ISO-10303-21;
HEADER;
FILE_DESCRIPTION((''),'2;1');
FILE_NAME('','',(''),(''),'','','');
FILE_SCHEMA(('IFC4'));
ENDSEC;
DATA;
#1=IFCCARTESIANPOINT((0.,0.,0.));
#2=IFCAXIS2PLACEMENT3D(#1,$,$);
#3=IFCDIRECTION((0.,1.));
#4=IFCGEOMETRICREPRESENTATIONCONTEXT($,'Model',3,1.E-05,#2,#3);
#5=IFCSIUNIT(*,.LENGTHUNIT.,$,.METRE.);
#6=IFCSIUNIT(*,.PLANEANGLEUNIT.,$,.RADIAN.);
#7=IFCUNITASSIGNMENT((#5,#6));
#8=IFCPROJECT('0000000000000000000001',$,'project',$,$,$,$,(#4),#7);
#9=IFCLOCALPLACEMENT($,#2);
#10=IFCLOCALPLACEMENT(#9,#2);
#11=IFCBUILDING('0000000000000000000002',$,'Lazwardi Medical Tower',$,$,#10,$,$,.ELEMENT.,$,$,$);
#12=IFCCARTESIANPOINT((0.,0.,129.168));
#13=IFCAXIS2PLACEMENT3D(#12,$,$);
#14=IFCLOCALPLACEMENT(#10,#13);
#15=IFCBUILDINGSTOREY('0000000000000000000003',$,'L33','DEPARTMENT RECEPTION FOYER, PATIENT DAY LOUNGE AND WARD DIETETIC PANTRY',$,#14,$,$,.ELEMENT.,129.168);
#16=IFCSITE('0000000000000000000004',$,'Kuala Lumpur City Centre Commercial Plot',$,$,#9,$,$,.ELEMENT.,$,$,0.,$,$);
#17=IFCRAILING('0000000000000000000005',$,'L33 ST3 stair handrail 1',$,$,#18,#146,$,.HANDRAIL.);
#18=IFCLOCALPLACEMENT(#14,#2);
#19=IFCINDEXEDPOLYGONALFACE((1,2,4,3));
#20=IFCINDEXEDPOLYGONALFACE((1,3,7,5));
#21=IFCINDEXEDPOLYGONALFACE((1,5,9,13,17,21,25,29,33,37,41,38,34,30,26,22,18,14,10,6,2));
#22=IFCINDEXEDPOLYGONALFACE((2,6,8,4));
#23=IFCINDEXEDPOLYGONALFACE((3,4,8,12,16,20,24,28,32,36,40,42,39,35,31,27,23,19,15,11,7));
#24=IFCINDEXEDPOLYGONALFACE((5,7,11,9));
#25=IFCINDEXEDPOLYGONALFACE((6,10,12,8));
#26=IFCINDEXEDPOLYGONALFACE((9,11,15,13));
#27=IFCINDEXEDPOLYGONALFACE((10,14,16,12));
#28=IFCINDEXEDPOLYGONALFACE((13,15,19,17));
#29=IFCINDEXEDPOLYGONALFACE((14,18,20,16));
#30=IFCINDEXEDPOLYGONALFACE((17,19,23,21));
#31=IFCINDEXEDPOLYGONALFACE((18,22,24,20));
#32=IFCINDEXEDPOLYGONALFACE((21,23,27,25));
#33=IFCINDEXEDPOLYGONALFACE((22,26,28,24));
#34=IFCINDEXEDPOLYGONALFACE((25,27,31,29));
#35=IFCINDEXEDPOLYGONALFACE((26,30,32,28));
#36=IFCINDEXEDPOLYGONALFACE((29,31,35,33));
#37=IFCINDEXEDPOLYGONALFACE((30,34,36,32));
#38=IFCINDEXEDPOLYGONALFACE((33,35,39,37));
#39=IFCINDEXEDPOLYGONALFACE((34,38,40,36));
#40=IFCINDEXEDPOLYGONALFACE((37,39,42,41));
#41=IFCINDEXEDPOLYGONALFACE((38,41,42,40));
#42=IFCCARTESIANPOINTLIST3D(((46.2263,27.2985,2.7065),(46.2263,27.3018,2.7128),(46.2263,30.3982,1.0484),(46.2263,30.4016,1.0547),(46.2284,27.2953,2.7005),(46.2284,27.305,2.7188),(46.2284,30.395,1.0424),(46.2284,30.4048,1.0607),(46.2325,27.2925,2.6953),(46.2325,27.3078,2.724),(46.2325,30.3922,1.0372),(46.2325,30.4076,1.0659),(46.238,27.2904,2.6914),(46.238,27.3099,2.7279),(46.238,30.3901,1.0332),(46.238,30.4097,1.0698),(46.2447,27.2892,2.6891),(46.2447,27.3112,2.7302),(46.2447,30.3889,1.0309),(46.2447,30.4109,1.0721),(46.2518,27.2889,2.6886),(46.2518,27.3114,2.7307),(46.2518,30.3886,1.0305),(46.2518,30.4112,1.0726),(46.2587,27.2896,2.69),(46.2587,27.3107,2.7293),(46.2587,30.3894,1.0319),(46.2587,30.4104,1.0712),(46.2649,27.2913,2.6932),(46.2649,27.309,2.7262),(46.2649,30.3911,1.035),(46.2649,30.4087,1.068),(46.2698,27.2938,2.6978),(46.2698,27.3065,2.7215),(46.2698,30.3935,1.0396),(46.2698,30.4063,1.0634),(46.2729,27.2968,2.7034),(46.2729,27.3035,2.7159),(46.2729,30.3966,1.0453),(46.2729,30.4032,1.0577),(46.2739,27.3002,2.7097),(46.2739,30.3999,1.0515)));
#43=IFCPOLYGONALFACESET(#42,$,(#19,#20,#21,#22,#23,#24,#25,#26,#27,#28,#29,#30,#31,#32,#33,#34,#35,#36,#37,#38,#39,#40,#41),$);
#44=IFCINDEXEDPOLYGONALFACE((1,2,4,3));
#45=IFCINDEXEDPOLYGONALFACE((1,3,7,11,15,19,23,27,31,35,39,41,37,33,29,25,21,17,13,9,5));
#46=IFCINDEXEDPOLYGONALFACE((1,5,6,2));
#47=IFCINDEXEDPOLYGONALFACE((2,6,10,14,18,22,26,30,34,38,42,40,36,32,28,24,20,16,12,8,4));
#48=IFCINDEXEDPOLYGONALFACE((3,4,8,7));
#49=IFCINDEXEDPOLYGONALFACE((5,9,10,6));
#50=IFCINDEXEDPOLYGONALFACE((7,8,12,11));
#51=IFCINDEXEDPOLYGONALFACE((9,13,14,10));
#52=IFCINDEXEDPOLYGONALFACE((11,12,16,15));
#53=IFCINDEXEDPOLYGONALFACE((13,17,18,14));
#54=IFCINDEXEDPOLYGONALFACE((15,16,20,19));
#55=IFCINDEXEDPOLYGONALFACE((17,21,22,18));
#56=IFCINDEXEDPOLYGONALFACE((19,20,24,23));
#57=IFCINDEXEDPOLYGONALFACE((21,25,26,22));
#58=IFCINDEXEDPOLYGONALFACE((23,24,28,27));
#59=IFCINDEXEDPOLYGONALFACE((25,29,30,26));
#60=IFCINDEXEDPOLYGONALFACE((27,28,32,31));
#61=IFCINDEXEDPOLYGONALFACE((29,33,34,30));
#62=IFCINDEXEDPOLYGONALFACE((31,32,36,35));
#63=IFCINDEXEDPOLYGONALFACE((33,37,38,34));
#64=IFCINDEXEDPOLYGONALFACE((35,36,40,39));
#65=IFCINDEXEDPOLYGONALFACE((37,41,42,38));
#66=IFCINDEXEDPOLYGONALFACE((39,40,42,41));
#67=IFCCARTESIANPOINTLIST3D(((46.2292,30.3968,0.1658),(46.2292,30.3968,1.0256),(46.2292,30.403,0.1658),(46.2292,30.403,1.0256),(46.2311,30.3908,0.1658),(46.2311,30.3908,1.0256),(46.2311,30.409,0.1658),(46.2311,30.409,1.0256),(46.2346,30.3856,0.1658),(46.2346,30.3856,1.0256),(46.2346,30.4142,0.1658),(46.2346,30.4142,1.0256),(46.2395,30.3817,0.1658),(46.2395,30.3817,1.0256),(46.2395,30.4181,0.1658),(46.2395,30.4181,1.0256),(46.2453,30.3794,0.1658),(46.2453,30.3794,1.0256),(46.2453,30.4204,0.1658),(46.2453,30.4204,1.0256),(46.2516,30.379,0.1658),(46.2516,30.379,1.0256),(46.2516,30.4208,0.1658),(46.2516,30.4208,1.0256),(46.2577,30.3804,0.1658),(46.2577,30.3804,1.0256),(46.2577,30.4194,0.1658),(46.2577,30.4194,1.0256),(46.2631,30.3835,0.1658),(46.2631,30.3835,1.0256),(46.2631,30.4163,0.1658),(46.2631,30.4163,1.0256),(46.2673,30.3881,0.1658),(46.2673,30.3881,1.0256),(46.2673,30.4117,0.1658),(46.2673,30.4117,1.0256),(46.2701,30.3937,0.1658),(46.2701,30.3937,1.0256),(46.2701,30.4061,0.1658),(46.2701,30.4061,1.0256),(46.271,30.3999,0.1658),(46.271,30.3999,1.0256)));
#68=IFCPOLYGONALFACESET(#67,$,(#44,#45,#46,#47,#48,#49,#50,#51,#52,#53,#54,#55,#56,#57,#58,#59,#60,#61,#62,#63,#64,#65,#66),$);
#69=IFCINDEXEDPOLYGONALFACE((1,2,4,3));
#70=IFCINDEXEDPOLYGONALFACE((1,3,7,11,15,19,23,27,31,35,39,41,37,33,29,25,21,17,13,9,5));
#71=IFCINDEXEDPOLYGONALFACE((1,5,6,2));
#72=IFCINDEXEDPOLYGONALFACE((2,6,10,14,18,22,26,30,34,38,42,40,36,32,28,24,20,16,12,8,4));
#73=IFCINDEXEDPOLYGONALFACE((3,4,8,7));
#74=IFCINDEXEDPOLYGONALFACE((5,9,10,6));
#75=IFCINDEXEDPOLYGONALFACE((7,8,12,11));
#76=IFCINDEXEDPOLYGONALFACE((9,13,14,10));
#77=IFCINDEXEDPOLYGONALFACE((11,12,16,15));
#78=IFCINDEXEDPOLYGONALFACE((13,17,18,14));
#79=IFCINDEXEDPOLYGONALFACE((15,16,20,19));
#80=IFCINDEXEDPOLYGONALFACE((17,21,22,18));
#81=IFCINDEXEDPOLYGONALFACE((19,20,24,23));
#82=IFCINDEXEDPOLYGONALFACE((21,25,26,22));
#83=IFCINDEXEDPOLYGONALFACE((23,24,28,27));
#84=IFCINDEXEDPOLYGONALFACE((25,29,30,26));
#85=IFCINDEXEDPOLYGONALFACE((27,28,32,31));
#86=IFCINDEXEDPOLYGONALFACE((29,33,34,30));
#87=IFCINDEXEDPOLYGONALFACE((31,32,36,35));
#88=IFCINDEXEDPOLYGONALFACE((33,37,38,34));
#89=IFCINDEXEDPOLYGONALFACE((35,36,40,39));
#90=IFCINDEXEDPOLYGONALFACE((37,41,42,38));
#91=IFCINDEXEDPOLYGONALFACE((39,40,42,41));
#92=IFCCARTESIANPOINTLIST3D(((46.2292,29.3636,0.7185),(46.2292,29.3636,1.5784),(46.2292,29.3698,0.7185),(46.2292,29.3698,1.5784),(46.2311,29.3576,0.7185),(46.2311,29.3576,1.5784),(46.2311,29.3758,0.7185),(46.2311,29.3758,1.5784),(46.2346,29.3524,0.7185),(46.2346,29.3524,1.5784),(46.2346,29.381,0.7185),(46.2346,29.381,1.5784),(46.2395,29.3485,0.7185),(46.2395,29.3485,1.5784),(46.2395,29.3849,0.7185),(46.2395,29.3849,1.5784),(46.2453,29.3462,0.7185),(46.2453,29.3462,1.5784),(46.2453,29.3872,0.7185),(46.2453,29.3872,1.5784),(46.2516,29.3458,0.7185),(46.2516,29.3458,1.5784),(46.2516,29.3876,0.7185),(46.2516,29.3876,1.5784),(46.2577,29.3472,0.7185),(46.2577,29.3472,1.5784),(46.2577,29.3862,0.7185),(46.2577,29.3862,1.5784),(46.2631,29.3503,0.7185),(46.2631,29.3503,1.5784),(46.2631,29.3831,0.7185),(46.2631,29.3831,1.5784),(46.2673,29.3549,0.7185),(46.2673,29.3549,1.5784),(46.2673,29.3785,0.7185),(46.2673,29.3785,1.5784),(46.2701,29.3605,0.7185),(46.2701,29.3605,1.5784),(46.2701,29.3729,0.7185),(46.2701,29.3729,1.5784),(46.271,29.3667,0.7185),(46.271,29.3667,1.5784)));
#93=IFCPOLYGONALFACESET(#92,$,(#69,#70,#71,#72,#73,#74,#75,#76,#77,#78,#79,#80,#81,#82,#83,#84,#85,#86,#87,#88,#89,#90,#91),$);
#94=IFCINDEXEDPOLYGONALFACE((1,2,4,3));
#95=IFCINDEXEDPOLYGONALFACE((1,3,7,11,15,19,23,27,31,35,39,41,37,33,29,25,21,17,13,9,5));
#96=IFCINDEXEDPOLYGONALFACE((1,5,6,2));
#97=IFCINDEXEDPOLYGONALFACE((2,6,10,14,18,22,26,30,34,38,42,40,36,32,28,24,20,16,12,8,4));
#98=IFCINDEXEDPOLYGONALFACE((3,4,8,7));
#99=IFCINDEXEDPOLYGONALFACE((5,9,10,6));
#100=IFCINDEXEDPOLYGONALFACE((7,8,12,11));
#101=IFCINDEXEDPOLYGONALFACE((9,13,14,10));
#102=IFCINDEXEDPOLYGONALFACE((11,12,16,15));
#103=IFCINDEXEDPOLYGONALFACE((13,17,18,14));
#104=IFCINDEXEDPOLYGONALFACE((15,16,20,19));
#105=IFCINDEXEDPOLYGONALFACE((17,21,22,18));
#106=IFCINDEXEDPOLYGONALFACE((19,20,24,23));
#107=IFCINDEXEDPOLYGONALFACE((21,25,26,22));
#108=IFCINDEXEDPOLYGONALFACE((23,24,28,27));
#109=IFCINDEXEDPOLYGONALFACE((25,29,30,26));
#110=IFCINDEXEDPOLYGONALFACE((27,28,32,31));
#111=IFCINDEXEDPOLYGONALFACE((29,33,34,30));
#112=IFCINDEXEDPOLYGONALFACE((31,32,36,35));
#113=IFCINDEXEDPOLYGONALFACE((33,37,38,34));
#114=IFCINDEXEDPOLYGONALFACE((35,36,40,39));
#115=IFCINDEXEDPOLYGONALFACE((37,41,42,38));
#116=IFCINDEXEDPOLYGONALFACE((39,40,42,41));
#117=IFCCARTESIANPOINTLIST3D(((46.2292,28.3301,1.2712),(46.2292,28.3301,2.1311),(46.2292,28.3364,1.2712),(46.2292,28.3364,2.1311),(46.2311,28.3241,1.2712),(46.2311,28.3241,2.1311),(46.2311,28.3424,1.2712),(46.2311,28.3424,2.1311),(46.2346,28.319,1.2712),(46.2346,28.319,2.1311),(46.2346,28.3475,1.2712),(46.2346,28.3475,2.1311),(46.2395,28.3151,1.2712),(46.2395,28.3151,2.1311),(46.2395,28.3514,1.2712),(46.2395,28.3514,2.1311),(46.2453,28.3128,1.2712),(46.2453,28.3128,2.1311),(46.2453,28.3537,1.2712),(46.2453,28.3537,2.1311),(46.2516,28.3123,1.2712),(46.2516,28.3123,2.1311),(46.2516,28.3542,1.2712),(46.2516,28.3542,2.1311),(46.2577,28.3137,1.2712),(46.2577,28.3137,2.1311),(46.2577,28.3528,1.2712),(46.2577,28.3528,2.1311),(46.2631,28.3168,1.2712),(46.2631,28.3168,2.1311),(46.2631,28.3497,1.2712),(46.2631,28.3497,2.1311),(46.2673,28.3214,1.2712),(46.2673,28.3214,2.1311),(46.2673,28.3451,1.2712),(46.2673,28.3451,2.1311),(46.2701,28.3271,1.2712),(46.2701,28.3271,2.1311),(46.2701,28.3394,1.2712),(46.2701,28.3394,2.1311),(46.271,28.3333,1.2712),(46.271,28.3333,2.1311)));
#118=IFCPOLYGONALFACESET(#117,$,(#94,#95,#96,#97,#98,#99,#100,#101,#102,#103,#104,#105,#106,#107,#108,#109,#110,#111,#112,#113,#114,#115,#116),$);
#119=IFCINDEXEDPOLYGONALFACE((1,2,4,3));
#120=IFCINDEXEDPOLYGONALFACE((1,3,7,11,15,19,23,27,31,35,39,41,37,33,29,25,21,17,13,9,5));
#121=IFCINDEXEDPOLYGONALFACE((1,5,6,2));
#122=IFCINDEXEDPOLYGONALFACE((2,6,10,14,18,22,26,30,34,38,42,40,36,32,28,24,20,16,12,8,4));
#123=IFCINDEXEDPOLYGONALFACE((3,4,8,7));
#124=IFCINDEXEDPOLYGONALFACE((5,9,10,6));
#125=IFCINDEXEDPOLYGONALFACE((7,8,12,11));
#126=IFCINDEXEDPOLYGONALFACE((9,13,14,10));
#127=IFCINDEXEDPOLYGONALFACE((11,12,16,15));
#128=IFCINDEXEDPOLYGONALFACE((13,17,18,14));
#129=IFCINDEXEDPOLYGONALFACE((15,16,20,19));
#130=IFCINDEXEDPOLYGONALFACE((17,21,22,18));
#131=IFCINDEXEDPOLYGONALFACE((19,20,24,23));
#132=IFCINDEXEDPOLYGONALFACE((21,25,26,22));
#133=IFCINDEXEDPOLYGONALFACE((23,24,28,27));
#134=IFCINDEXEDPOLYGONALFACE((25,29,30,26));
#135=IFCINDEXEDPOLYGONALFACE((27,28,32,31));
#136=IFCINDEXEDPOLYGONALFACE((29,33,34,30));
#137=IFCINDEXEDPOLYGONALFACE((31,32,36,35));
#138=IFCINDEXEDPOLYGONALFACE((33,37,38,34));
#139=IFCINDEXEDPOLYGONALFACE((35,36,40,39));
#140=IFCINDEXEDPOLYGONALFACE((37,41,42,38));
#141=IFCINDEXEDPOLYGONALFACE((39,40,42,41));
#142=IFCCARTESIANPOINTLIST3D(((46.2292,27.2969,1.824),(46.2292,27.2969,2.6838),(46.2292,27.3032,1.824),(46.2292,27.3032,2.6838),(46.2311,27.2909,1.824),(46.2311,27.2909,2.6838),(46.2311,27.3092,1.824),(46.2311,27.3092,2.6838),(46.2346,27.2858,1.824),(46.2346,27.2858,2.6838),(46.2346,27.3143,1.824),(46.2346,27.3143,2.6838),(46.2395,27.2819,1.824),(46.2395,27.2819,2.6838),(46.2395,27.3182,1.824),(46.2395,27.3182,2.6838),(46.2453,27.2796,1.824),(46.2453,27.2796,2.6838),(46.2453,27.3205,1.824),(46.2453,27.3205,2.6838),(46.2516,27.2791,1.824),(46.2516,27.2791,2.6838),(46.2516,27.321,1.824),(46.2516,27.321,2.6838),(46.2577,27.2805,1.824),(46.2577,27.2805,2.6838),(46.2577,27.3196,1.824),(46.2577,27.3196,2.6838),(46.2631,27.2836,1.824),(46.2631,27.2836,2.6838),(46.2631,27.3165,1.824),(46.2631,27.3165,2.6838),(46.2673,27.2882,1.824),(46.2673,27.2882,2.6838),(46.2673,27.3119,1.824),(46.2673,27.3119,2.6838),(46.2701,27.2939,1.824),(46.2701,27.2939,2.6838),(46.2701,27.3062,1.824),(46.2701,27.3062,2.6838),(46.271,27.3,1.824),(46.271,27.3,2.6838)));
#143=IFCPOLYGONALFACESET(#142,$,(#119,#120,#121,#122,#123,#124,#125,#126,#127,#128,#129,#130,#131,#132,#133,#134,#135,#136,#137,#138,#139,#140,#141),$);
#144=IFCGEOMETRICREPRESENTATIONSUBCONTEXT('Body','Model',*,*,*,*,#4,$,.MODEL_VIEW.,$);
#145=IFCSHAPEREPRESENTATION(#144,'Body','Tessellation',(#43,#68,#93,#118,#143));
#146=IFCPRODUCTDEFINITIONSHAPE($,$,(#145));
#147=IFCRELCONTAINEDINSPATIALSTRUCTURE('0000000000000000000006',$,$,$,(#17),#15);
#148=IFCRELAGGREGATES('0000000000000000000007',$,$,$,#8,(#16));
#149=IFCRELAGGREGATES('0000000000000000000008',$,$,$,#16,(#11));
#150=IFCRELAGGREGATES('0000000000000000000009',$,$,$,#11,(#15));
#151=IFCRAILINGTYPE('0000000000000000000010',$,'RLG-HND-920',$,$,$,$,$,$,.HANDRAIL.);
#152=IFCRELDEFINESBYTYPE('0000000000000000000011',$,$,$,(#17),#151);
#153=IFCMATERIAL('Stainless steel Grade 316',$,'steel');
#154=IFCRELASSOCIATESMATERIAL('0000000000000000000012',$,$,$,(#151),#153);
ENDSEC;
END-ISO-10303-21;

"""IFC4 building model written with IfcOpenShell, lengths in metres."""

from ifc_helpers import new_model, si_unit, direction, frame, origin, origin_2d, place, context, subcontext, project, spatial, circle, extrude, material, type_object, element, save


model = new_model("IFC4")

# Units and contexts
model_context = context("Model", 3, precision=1e-05, world=origin(), true_north=direction((0.0, 1.0)))
body_context = subcontext(model_context, "Body", "Model", "MODEL_VIEW")
ifc_project = project(units=[si_unit("LENGTHUNIT", "METRE"), si_unit("PLANEANGLEUNIT", "RADIAN")], contexts=[model_context])

# Site, building, storey
site_placement = place(None, origin())
site = spatial("IfcSite", under=ifc_project, at=site_placement, Name="Kuala Lumpur City Centre Commercial Plot", CompositionType="ELEMENT", RefElevation=0.0)
building_placement = place(site_placement, origin())
building = spatial("IfcBuilding", under=site, at=building_placement, Name="Lazwardi Medical Tower", CompositionType="ELEMENT")
storey_placement = place(building_placement, frame((0.0, 0.0, 129.168)))
storey = spatial("IfcBuildingStorey", under=building, at=storey_placement, Name="L33", Description="DEPARTMENT RECEPTION FOYER, PATIENT DAY LOUNGE AND WARD DIETETIC PANTRY", CompositionType="ELEMENT", Elevation=129.168)

# Railing
ifc_material_1 = material(Name="Stainless steel Grade 316", Category="steel")
railing_type_1 = type_object("IfcRailingType", Name="RLG-HND-920", PredefinedType="HANDRAIL", material=ifc_material_1)
railing_1_placement = place(storey_placement, frame((46.25, 30.3999, 0.1658)))
element("IfcRailing", 1, at=railing_1_placement, inside=storey, type_object=railing_type_1, Name="L33 ST3 stair handrail 1", PredefinedType="HANDRAIL", context=body_context, shape_type="SweptSolid", body=[
    extrude(circle(Radius=0.0239, at=origin_2d()), frame((0.0, 0.0, 0.8857), z_axis=(0.0, -0.881768, 0.471684), x_axis=(1.0, 0.0, 0.0)), (0.0, 0.0, 1.0), 3.5154),
    extrude(circle(Radius=0.021, at=origin_2d()), origin(), (0.0, 0.0, 1.0), 0.8599),
    extrude(circle(Radius=0.021, at=origin_2d()), frame((0.0, -1.0332, 0.5527)), (0.0, 0.0, 1.0), 0.8599),
    extrude(circle(Radius=0.021, at=origin_2d()), frame((0.0, -2.0667, 1.1055)), (0.0, 0.0, 1.0), 0.8599),
    extrude(circle(Radius=0.021, at=origin_2d()), frame((0.0, -3.0999, 1.6582)), (0.0, 0.0, 1.0), 0.8599),
])

save(model, "model.ifc")
